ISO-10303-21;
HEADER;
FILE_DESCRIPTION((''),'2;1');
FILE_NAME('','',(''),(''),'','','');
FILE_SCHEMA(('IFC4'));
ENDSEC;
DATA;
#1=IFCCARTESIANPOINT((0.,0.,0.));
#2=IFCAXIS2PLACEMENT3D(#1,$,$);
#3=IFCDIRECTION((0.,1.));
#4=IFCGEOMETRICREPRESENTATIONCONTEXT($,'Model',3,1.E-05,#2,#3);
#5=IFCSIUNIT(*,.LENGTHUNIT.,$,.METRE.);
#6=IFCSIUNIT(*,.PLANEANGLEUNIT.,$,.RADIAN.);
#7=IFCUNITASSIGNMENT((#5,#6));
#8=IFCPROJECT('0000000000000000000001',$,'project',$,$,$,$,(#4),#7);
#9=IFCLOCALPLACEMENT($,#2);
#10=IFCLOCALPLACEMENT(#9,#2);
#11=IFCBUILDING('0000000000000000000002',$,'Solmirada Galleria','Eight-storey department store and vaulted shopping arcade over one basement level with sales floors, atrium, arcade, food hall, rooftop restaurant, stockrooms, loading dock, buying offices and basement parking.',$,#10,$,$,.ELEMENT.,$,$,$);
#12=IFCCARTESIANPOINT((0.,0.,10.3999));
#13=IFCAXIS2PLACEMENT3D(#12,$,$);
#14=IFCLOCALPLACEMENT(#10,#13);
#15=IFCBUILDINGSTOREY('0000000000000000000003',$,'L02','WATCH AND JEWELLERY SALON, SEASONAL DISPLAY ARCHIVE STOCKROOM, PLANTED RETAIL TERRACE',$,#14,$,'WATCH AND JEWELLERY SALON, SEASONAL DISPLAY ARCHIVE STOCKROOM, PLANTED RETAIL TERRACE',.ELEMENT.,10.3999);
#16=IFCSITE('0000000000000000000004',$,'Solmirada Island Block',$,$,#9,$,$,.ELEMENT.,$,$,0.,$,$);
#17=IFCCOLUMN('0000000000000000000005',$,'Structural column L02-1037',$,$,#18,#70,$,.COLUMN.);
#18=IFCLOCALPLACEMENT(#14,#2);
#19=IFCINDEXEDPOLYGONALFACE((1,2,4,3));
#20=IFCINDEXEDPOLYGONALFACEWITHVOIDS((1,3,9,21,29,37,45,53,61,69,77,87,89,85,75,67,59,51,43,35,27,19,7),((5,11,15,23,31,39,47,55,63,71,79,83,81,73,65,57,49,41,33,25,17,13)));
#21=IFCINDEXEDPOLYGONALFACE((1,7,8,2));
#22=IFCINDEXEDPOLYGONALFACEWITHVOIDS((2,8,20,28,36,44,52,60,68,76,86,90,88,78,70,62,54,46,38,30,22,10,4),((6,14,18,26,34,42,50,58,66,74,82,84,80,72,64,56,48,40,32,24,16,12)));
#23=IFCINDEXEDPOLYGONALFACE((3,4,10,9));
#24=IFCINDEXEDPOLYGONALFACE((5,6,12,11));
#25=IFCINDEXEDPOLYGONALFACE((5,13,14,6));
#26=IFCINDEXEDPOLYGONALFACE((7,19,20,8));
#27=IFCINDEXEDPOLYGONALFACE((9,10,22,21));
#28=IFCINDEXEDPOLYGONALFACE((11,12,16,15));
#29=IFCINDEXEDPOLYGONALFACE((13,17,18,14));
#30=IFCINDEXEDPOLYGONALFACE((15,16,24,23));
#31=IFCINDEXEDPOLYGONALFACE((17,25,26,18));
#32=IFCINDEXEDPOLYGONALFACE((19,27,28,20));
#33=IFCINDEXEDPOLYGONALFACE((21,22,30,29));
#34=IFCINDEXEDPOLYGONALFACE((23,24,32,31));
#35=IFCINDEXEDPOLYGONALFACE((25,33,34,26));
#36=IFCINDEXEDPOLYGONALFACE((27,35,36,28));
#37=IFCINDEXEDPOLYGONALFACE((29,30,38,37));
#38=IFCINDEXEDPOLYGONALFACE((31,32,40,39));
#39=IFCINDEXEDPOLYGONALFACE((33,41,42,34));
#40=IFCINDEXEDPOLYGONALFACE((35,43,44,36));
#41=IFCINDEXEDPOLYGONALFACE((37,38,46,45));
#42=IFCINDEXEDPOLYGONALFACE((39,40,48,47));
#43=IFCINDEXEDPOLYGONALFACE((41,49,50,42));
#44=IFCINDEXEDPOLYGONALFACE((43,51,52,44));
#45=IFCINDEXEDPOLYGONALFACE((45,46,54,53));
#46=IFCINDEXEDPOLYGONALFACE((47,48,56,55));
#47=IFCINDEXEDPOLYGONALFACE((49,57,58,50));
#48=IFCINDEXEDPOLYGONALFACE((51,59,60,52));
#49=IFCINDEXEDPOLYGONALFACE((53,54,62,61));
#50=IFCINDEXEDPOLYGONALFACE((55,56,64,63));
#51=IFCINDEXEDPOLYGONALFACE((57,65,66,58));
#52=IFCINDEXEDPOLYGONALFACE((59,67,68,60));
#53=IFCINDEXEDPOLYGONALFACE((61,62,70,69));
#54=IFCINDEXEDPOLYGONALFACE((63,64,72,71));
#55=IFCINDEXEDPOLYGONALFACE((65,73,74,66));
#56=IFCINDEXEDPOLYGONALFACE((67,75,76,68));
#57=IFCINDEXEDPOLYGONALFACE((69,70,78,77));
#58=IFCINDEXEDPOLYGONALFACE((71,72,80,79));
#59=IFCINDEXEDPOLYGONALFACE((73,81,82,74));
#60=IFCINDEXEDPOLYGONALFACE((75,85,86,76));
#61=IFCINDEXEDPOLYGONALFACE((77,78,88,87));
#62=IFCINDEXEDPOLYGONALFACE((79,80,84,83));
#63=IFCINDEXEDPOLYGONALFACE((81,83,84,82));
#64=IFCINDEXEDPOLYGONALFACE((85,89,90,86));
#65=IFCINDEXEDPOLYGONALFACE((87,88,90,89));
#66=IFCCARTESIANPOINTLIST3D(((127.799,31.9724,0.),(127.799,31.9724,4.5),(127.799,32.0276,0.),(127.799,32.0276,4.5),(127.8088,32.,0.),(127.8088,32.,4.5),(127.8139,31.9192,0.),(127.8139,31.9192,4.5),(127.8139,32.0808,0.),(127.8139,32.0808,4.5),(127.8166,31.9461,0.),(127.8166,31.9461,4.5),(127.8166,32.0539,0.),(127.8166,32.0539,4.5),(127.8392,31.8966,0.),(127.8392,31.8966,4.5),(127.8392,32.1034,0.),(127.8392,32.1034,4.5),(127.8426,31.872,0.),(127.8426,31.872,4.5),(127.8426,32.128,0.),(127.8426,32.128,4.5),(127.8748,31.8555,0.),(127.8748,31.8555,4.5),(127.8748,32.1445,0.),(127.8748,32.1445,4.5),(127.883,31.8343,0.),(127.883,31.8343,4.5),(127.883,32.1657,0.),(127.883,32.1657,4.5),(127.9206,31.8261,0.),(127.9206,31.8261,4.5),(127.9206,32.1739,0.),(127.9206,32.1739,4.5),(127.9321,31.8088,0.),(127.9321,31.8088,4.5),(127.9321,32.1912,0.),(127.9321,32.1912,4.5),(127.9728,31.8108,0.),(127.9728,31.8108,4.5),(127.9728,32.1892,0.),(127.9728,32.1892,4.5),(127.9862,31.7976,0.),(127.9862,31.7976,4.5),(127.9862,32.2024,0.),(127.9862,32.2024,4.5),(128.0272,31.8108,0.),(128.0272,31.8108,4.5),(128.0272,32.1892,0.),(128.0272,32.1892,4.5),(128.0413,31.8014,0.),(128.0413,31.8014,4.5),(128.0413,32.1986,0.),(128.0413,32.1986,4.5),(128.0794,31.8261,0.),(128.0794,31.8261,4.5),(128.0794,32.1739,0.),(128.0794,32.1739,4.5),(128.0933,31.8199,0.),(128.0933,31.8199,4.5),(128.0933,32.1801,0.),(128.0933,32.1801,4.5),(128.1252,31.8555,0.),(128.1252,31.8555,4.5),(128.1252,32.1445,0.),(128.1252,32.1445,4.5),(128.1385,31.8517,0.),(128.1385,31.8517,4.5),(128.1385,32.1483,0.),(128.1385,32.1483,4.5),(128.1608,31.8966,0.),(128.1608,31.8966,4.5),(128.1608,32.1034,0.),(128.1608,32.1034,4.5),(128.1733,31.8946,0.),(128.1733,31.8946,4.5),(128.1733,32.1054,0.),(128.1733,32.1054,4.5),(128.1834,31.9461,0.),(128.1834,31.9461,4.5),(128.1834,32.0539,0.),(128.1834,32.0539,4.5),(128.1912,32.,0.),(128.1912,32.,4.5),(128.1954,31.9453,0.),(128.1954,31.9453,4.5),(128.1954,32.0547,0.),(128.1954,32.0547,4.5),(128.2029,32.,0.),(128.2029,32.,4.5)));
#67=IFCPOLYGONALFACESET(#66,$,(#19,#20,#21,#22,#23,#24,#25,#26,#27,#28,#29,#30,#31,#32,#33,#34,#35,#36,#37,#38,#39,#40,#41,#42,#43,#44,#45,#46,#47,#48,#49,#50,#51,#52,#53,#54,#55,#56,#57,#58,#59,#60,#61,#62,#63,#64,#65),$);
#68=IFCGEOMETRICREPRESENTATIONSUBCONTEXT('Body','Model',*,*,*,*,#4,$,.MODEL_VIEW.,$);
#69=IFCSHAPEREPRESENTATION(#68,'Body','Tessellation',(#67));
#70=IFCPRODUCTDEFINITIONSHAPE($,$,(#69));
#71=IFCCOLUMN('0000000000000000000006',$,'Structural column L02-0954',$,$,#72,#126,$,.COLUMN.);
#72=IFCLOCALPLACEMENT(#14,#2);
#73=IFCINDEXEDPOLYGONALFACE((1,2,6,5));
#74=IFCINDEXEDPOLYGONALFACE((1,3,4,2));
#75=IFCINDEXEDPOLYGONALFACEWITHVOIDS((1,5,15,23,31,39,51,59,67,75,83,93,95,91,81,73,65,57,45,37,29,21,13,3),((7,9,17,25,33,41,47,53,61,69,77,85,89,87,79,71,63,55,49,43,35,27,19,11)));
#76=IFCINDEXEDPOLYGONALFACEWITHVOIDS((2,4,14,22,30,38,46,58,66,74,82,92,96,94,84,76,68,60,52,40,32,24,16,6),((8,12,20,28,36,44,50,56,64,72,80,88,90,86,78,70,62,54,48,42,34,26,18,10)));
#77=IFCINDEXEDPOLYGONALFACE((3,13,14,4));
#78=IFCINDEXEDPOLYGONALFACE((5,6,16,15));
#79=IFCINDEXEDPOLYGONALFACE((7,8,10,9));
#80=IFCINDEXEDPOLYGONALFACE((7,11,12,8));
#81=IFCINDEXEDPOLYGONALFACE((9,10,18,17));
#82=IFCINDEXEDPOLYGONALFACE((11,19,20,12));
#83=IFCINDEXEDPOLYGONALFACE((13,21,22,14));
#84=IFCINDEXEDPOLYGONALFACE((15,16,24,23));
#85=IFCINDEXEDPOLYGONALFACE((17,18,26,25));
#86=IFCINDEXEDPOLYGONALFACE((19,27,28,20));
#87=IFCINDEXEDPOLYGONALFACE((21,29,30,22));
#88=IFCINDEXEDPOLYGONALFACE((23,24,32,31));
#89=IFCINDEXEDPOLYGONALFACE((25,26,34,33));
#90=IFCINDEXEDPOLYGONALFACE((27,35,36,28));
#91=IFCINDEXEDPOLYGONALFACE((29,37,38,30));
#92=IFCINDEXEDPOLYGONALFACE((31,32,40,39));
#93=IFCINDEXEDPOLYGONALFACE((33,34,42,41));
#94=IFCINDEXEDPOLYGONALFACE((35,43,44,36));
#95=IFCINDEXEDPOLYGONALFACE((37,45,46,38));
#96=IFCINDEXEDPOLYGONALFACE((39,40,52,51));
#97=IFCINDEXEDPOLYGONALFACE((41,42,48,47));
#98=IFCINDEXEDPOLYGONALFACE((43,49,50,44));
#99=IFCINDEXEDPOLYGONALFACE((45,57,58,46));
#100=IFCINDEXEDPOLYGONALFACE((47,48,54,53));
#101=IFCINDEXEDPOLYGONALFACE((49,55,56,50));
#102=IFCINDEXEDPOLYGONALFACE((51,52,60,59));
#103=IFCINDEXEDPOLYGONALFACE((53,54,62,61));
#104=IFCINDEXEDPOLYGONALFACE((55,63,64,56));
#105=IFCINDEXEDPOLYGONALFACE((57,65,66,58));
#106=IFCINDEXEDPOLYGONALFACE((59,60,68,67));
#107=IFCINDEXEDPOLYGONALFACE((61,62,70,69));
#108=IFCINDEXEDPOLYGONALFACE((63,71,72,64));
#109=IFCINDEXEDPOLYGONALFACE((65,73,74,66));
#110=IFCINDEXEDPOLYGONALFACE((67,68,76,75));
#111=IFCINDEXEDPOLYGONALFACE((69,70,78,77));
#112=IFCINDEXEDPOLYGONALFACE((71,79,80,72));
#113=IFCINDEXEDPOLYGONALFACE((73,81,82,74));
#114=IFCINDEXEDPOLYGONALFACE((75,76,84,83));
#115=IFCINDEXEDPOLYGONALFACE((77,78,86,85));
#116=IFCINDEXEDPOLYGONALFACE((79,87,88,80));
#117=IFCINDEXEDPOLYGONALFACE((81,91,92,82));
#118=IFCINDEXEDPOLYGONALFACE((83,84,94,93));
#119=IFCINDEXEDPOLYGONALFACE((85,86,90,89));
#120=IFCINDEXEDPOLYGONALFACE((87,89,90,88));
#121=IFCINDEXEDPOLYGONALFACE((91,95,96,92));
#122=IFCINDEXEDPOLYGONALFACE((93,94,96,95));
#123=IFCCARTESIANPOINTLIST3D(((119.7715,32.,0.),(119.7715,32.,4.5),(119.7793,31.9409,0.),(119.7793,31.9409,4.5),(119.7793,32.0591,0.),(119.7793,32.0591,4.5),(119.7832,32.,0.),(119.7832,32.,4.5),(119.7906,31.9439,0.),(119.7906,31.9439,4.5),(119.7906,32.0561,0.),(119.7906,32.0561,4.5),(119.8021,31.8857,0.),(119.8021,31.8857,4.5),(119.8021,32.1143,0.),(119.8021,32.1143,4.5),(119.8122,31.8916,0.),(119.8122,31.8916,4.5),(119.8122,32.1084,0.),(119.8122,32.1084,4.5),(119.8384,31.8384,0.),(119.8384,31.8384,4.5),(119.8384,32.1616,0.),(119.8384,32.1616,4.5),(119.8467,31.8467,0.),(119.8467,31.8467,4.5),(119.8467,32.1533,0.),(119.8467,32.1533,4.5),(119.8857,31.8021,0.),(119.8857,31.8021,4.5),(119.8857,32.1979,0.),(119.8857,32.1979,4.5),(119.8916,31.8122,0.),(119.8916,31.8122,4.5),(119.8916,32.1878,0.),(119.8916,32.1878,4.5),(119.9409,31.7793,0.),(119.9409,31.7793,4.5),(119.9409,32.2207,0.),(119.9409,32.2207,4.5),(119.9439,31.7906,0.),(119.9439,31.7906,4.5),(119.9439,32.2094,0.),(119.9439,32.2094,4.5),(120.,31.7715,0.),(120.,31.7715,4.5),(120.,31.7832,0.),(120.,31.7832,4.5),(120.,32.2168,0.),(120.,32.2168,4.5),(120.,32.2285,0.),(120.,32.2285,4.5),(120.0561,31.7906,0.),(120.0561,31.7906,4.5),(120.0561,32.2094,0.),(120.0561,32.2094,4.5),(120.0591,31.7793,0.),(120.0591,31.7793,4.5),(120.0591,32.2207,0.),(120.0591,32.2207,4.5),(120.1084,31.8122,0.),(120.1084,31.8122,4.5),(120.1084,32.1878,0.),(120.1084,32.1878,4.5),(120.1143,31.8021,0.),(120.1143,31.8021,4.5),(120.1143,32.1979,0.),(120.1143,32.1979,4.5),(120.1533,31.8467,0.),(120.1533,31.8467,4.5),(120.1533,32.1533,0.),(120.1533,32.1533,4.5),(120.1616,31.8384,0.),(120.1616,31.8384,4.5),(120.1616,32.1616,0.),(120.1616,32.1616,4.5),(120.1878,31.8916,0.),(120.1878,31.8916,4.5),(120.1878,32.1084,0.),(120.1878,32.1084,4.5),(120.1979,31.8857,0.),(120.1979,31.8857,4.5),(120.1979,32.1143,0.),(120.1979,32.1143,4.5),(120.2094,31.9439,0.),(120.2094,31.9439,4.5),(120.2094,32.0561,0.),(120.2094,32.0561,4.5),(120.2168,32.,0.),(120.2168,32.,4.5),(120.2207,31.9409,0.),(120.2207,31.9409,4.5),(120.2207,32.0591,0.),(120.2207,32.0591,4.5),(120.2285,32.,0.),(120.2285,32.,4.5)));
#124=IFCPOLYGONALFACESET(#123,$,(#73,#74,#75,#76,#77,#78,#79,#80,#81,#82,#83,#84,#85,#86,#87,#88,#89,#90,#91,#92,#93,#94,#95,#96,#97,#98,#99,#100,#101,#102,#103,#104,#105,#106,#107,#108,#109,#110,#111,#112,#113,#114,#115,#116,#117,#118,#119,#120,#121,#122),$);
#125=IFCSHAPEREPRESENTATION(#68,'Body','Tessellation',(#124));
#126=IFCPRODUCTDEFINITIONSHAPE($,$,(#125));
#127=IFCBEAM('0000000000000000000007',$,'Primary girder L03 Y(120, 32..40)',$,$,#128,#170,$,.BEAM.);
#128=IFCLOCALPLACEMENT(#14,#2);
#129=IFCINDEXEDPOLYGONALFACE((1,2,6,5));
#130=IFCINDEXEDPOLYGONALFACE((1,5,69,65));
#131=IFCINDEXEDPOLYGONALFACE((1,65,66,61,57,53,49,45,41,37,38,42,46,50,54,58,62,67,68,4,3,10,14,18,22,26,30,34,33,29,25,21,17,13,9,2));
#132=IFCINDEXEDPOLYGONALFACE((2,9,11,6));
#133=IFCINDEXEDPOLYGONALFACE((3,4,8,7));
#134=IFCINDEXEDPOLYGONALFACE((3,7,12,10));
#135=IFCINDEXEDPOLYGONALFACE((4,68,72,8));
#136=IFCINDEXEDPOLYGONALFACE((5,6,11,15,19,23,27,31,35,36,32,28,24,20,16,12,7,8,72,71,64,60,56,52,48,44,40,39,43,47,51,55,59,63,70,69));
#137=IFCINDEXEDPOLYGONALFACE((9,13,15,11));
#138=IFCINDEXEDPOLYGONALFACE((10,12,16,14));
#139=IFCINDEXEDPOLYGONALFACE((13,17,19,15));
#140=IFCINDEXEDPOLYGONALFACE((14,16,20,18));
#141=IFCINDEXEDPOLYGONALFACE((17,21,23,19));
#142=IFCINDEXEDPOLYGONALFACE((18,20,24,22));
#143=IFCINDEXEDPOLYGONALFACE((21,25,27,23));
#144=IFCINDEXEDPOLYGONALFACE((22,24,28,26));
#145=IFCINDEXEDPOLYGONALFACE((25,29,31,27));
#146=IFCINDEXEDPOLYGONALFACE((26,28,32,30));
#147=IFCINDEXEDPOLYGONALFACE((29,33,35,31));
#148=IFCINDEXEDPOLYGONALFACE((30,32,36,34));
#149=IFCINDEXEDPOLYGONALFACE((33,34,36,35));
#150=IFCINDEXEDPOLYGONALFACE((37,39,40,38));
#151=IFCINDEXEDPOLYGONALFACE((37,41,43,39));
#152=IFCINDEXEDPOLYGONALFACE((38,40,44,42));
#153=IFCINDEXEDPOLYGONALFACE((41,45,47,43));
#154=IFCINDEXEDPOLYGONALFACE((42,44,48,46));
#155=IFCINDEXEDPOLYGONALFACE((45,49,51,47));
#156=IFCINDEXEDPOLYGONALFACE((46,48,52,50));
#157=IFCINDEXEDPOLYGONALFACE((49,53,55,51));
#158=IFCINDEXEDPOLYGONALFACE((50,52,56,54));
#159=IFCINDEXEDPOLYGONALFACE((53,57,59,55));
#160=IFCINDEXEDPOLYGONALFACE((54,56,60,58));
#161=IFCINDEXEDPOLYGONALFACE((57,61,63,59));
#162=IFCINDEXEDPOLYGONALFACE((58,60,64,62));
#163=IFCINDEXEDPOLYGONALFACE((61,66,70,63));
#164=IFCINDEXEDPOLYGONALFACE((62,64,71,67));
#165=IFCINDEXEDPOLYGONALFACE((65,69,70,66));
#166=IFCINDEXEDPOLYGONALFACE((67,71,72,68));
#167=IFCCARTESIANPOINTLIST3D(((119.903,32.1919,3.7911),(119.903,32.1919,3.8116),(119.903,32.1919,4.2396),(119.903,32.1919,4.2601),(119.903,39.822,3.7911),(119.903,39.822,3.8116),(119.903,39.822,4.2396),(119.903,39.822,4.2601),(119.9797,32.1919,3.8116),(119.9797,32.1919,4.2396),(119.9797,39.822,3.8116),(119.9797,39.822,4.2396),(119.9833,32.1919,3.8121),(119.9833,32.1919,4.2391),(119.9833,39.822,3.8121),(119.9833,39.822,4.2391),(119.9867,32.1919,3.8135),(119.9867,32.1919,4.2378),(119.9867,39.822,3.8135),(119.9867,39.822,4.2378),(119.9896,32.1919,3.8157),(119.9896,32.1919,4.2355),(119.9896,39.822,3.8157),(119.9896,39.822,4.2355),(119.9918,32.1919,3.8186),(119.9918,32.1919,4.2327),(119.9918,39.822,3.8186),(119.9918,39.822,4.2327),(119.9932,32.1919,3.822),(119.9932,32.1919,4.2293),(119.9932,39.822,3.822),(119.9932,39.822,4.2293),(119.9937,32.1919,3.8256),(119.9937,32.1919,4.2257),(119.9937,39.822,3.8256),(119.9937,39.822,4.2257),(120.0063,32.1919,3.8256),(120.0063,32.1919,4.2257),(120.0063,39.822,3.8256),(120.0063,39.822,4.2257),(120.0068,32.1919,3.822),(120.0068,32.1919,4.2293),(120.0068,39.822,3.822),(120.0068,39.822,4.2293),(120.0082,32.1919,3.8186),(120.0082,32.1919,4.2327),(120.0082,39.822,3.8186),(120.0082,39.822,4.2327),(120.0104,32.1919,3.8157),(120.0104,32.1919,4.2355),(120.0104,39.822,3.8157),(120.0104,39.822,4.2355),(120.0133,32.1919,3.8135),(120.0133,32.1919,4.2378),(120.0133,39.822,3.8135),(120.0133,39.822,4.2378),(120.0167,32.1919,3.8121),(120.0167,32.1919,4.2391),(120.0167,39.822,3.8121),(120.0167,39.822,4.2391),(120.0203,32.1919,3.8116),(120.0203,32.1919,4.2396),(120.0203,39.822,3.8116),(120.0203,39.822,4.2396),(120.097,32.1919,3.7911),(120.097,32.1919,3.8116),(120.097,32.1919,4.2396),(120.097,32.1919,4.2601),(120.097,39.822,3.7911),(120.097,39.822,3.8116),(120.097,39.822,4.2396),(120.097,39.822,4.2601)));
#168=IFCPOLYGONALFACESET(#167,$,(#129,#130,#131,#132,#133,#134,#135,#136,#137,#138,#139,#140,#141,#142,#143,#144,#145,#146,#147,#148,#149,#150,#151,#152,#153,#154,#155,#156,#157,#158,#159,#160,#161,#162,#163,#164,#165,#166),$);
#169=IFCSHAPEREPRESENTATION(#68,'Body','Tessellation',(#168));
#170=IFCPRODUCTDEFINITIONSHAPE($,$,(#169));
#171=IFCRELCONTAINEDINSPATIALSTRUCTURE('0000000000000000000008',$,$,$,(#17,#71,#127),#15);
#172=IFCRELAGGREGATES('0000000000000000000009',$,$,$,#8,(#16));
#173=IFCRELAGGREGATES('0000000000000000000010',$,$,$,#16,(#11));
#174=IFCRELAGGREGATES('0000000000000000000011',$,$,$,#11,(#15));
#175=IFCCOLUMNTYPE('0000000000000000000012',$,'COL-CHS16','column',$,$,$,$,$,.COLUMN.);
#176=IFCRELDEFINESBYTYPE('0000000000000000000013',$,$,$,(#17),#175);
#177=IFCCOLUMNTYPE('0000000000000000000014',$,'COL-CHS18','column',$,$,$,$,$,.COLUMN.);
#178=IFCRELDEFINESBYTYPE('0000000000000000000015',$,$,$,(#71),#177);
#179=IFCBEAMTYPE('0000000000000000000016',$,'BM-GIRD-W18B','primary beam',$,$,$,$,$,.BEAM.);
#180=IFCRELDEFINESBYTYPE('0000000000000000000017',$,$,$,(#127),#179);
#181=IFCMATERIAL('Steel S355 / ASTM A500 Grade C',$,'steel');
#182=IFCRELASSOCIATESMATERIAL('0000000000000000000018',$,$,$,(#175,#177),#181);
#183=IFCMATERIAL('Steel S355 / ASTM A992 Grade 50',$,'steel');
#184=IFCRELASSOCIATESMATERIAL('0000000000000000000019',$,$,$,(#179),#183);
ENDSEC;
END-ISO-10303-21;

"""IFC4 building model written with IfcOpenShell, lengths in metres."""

from ifc_helpers import new_model, si_unit, direction, frame, origin, origin_2d, place, context, subcontext, project, spatial, hollow_circle, i_section, extrude, material, material_profile, profile_set, type_object, element, save


model = new_model("IFC4")

# Units and contexts
model_context = context("Model", 3, precision=1e-05, world=origin(), true_north=direction((0.0, 1.0)))
body_context = subcontext(model_context, "Body", "Model", "MODEL_VIEW")
ifc_project = project(units=[si_unit("LENGTHUNIT", "METRE"), si_unit("PLANEANGLEUNIT", "RADIAN")], contexts=[model_context])

# Site, building, storey
site_placement = place(None, origin())
site = spatial("IfcSite", under=ifc_project, at=site_placement, Name="Solmirada Island Block", CompositionType="ELEMENT", RefElevation=0.0)
building_placement = place(site_placement, origin())
building = spatial("IfcBuilding", under=site, at=building_placement, Name="Solmirada Galleria", Description="Eight-storey department store and vaulted shopping arcade over one basement level with sales floors, atrium, arcade, food hall, rooftop restaurant, stockrooms, loading dock, buying offices and basement parking.", CompositionType="ELEMENT")
storey_placement = place(building_placement, frame((0.0, 0.0, 10.3999)))
storey = spatial("IfcBuildingStorey", under=building, at=storey_placement, Name="L02", Description="WATCH AND JEWELLERY SALON, SEASONAL DISPLAY ARCHIVE STOCKROOM, PLANTED RETAIL TERRACE", LongName="WATCH AND JEWELLERY SALON, SEASONAL DISPLAY ARCHIVE STOCKROOM, PLANTED RETAIL TERRACE", CompositionType="ELEMENT", Elevation=10.3999)

# Columns
ifc_material_1 = material(Name="Steel S355 / ASTM A500 Grade C", Category="steel")
ifc_material_profile_1 = material_profile(ifc_material_1, hollow_circle(Radius=0.2029, WallThickness=0.0117, at=origin_2d()), Name="HSS16.000X0.500")
ifc_profile_set_1 = profile_set([ifc_material_profile_1], Name="Steel S355 / ASTM A500 Grade C")
column_type_1 = type_object("IfcColumnType", Name="COL-CHS16", Description="column", PredefinedType="COLUMN", material=ifc_profile_set_1)
column_1_placement = place(storey_placement, frame((128.0, 32.0, 0.0), z_axis=(0.0, 0.0, 1.0), x_axis=(1.0, 0.0, 0.0)))
element("IfcColumn", 1, at=column_1_placement, inside=storey, type_object=column_type_1, Name="Structural column L02-1037", PredefinedType="COLUMN", context=body_context, shape_type="SweptSolid", body=[
    extrude(hollow_circle(Radius=0.2029, WallThickness=0.0117, at=origin_2d()), origin(), (0.0, 0.0, 1.0), 4.5),
])
ifc_material_profile_2 = material_profile(ifc_material_1, hollow_circle(Radius=0.2285, WallThickness=0.0117, at=origin_2d()), Name="HSS18.000X0.500")
ifc_profile_set_2 = profile_set([ifc_material_profile_2], Name="Steel S355 / ASTM A500 Grade C")
column_type_2 = type_object("IfcColumnType", Name="COL-CHS18", Description="column", PredefinedType="COLUMN", material=ifc_profile_set_2)
column_2_placement = place(storey_placement, frame((120.0, 32.0, 0.0), z_axis=(0.0, 0.0, 1.0), x_axis=(1.0, 0.0, 0.0)))
element("IfcColumn", 2, at=column_2_placement, inside=storey, type_object=column_type_2, Name="Structural column L02-0954", PredefinedType="COLUMN", context=body_context, shape_type="SweptSolid", body=[
    extrude(hollow_circle(Radius=0.2285, WallThickness=0.0117, at=origin_2d()), origin(), (0.0, 0.0, 1.0), 4.5),
])

# Beam
ifc_material_2 = material(Name="Steel S355 / ASTM A992 Grade 50", Category="steel")
ifc_material_profile_3 = material_profile(ifc_material_2, i_section(OverallWidth=0.1941, OverallDepth=0.469, WebThickness=0.0127, FlangeThickness=0.0205, FilletRadius=0.0139, at=origin_2d()), Name="W18X71")
ifc_profile_set_3 = profile_set([ifc_material_profile_3], Name="Steel S355 / ASTM A992 Grade 50")
beam_type_1 = type_object("IfcBeamType", Name="BM-GIRD-W18B", Description="primary beam", PredefinedType="BEAM", material=ifc_profile_set_3)
beam_1_placement = place(storey_placement, frame((120.0, 32.1919, 4.0256), z_axis=(0.0, 1.0, 0.0), x_axis=(-1.0, 0.0, 0.0)))
element("IfcBeam", 3, at=beam_1_placement, inside=storey, type_object=beam_type_1, Name="Primary girder L03 Y(120, 32..40)", PredefinedType="BEAM", context=body_context, shape_type="SweptSolid", body=[
    extrude(i_section(OverallWidth=0.1941, OverallDepth=0.469, WebThickness=0.0127, FlangeThickness=0.0205, FilletRadius=0.0139, at=origin_2d()), origin(), (0.0, 0.0, 1.0), 7.6301),
])

save(model, "model.ifc")
